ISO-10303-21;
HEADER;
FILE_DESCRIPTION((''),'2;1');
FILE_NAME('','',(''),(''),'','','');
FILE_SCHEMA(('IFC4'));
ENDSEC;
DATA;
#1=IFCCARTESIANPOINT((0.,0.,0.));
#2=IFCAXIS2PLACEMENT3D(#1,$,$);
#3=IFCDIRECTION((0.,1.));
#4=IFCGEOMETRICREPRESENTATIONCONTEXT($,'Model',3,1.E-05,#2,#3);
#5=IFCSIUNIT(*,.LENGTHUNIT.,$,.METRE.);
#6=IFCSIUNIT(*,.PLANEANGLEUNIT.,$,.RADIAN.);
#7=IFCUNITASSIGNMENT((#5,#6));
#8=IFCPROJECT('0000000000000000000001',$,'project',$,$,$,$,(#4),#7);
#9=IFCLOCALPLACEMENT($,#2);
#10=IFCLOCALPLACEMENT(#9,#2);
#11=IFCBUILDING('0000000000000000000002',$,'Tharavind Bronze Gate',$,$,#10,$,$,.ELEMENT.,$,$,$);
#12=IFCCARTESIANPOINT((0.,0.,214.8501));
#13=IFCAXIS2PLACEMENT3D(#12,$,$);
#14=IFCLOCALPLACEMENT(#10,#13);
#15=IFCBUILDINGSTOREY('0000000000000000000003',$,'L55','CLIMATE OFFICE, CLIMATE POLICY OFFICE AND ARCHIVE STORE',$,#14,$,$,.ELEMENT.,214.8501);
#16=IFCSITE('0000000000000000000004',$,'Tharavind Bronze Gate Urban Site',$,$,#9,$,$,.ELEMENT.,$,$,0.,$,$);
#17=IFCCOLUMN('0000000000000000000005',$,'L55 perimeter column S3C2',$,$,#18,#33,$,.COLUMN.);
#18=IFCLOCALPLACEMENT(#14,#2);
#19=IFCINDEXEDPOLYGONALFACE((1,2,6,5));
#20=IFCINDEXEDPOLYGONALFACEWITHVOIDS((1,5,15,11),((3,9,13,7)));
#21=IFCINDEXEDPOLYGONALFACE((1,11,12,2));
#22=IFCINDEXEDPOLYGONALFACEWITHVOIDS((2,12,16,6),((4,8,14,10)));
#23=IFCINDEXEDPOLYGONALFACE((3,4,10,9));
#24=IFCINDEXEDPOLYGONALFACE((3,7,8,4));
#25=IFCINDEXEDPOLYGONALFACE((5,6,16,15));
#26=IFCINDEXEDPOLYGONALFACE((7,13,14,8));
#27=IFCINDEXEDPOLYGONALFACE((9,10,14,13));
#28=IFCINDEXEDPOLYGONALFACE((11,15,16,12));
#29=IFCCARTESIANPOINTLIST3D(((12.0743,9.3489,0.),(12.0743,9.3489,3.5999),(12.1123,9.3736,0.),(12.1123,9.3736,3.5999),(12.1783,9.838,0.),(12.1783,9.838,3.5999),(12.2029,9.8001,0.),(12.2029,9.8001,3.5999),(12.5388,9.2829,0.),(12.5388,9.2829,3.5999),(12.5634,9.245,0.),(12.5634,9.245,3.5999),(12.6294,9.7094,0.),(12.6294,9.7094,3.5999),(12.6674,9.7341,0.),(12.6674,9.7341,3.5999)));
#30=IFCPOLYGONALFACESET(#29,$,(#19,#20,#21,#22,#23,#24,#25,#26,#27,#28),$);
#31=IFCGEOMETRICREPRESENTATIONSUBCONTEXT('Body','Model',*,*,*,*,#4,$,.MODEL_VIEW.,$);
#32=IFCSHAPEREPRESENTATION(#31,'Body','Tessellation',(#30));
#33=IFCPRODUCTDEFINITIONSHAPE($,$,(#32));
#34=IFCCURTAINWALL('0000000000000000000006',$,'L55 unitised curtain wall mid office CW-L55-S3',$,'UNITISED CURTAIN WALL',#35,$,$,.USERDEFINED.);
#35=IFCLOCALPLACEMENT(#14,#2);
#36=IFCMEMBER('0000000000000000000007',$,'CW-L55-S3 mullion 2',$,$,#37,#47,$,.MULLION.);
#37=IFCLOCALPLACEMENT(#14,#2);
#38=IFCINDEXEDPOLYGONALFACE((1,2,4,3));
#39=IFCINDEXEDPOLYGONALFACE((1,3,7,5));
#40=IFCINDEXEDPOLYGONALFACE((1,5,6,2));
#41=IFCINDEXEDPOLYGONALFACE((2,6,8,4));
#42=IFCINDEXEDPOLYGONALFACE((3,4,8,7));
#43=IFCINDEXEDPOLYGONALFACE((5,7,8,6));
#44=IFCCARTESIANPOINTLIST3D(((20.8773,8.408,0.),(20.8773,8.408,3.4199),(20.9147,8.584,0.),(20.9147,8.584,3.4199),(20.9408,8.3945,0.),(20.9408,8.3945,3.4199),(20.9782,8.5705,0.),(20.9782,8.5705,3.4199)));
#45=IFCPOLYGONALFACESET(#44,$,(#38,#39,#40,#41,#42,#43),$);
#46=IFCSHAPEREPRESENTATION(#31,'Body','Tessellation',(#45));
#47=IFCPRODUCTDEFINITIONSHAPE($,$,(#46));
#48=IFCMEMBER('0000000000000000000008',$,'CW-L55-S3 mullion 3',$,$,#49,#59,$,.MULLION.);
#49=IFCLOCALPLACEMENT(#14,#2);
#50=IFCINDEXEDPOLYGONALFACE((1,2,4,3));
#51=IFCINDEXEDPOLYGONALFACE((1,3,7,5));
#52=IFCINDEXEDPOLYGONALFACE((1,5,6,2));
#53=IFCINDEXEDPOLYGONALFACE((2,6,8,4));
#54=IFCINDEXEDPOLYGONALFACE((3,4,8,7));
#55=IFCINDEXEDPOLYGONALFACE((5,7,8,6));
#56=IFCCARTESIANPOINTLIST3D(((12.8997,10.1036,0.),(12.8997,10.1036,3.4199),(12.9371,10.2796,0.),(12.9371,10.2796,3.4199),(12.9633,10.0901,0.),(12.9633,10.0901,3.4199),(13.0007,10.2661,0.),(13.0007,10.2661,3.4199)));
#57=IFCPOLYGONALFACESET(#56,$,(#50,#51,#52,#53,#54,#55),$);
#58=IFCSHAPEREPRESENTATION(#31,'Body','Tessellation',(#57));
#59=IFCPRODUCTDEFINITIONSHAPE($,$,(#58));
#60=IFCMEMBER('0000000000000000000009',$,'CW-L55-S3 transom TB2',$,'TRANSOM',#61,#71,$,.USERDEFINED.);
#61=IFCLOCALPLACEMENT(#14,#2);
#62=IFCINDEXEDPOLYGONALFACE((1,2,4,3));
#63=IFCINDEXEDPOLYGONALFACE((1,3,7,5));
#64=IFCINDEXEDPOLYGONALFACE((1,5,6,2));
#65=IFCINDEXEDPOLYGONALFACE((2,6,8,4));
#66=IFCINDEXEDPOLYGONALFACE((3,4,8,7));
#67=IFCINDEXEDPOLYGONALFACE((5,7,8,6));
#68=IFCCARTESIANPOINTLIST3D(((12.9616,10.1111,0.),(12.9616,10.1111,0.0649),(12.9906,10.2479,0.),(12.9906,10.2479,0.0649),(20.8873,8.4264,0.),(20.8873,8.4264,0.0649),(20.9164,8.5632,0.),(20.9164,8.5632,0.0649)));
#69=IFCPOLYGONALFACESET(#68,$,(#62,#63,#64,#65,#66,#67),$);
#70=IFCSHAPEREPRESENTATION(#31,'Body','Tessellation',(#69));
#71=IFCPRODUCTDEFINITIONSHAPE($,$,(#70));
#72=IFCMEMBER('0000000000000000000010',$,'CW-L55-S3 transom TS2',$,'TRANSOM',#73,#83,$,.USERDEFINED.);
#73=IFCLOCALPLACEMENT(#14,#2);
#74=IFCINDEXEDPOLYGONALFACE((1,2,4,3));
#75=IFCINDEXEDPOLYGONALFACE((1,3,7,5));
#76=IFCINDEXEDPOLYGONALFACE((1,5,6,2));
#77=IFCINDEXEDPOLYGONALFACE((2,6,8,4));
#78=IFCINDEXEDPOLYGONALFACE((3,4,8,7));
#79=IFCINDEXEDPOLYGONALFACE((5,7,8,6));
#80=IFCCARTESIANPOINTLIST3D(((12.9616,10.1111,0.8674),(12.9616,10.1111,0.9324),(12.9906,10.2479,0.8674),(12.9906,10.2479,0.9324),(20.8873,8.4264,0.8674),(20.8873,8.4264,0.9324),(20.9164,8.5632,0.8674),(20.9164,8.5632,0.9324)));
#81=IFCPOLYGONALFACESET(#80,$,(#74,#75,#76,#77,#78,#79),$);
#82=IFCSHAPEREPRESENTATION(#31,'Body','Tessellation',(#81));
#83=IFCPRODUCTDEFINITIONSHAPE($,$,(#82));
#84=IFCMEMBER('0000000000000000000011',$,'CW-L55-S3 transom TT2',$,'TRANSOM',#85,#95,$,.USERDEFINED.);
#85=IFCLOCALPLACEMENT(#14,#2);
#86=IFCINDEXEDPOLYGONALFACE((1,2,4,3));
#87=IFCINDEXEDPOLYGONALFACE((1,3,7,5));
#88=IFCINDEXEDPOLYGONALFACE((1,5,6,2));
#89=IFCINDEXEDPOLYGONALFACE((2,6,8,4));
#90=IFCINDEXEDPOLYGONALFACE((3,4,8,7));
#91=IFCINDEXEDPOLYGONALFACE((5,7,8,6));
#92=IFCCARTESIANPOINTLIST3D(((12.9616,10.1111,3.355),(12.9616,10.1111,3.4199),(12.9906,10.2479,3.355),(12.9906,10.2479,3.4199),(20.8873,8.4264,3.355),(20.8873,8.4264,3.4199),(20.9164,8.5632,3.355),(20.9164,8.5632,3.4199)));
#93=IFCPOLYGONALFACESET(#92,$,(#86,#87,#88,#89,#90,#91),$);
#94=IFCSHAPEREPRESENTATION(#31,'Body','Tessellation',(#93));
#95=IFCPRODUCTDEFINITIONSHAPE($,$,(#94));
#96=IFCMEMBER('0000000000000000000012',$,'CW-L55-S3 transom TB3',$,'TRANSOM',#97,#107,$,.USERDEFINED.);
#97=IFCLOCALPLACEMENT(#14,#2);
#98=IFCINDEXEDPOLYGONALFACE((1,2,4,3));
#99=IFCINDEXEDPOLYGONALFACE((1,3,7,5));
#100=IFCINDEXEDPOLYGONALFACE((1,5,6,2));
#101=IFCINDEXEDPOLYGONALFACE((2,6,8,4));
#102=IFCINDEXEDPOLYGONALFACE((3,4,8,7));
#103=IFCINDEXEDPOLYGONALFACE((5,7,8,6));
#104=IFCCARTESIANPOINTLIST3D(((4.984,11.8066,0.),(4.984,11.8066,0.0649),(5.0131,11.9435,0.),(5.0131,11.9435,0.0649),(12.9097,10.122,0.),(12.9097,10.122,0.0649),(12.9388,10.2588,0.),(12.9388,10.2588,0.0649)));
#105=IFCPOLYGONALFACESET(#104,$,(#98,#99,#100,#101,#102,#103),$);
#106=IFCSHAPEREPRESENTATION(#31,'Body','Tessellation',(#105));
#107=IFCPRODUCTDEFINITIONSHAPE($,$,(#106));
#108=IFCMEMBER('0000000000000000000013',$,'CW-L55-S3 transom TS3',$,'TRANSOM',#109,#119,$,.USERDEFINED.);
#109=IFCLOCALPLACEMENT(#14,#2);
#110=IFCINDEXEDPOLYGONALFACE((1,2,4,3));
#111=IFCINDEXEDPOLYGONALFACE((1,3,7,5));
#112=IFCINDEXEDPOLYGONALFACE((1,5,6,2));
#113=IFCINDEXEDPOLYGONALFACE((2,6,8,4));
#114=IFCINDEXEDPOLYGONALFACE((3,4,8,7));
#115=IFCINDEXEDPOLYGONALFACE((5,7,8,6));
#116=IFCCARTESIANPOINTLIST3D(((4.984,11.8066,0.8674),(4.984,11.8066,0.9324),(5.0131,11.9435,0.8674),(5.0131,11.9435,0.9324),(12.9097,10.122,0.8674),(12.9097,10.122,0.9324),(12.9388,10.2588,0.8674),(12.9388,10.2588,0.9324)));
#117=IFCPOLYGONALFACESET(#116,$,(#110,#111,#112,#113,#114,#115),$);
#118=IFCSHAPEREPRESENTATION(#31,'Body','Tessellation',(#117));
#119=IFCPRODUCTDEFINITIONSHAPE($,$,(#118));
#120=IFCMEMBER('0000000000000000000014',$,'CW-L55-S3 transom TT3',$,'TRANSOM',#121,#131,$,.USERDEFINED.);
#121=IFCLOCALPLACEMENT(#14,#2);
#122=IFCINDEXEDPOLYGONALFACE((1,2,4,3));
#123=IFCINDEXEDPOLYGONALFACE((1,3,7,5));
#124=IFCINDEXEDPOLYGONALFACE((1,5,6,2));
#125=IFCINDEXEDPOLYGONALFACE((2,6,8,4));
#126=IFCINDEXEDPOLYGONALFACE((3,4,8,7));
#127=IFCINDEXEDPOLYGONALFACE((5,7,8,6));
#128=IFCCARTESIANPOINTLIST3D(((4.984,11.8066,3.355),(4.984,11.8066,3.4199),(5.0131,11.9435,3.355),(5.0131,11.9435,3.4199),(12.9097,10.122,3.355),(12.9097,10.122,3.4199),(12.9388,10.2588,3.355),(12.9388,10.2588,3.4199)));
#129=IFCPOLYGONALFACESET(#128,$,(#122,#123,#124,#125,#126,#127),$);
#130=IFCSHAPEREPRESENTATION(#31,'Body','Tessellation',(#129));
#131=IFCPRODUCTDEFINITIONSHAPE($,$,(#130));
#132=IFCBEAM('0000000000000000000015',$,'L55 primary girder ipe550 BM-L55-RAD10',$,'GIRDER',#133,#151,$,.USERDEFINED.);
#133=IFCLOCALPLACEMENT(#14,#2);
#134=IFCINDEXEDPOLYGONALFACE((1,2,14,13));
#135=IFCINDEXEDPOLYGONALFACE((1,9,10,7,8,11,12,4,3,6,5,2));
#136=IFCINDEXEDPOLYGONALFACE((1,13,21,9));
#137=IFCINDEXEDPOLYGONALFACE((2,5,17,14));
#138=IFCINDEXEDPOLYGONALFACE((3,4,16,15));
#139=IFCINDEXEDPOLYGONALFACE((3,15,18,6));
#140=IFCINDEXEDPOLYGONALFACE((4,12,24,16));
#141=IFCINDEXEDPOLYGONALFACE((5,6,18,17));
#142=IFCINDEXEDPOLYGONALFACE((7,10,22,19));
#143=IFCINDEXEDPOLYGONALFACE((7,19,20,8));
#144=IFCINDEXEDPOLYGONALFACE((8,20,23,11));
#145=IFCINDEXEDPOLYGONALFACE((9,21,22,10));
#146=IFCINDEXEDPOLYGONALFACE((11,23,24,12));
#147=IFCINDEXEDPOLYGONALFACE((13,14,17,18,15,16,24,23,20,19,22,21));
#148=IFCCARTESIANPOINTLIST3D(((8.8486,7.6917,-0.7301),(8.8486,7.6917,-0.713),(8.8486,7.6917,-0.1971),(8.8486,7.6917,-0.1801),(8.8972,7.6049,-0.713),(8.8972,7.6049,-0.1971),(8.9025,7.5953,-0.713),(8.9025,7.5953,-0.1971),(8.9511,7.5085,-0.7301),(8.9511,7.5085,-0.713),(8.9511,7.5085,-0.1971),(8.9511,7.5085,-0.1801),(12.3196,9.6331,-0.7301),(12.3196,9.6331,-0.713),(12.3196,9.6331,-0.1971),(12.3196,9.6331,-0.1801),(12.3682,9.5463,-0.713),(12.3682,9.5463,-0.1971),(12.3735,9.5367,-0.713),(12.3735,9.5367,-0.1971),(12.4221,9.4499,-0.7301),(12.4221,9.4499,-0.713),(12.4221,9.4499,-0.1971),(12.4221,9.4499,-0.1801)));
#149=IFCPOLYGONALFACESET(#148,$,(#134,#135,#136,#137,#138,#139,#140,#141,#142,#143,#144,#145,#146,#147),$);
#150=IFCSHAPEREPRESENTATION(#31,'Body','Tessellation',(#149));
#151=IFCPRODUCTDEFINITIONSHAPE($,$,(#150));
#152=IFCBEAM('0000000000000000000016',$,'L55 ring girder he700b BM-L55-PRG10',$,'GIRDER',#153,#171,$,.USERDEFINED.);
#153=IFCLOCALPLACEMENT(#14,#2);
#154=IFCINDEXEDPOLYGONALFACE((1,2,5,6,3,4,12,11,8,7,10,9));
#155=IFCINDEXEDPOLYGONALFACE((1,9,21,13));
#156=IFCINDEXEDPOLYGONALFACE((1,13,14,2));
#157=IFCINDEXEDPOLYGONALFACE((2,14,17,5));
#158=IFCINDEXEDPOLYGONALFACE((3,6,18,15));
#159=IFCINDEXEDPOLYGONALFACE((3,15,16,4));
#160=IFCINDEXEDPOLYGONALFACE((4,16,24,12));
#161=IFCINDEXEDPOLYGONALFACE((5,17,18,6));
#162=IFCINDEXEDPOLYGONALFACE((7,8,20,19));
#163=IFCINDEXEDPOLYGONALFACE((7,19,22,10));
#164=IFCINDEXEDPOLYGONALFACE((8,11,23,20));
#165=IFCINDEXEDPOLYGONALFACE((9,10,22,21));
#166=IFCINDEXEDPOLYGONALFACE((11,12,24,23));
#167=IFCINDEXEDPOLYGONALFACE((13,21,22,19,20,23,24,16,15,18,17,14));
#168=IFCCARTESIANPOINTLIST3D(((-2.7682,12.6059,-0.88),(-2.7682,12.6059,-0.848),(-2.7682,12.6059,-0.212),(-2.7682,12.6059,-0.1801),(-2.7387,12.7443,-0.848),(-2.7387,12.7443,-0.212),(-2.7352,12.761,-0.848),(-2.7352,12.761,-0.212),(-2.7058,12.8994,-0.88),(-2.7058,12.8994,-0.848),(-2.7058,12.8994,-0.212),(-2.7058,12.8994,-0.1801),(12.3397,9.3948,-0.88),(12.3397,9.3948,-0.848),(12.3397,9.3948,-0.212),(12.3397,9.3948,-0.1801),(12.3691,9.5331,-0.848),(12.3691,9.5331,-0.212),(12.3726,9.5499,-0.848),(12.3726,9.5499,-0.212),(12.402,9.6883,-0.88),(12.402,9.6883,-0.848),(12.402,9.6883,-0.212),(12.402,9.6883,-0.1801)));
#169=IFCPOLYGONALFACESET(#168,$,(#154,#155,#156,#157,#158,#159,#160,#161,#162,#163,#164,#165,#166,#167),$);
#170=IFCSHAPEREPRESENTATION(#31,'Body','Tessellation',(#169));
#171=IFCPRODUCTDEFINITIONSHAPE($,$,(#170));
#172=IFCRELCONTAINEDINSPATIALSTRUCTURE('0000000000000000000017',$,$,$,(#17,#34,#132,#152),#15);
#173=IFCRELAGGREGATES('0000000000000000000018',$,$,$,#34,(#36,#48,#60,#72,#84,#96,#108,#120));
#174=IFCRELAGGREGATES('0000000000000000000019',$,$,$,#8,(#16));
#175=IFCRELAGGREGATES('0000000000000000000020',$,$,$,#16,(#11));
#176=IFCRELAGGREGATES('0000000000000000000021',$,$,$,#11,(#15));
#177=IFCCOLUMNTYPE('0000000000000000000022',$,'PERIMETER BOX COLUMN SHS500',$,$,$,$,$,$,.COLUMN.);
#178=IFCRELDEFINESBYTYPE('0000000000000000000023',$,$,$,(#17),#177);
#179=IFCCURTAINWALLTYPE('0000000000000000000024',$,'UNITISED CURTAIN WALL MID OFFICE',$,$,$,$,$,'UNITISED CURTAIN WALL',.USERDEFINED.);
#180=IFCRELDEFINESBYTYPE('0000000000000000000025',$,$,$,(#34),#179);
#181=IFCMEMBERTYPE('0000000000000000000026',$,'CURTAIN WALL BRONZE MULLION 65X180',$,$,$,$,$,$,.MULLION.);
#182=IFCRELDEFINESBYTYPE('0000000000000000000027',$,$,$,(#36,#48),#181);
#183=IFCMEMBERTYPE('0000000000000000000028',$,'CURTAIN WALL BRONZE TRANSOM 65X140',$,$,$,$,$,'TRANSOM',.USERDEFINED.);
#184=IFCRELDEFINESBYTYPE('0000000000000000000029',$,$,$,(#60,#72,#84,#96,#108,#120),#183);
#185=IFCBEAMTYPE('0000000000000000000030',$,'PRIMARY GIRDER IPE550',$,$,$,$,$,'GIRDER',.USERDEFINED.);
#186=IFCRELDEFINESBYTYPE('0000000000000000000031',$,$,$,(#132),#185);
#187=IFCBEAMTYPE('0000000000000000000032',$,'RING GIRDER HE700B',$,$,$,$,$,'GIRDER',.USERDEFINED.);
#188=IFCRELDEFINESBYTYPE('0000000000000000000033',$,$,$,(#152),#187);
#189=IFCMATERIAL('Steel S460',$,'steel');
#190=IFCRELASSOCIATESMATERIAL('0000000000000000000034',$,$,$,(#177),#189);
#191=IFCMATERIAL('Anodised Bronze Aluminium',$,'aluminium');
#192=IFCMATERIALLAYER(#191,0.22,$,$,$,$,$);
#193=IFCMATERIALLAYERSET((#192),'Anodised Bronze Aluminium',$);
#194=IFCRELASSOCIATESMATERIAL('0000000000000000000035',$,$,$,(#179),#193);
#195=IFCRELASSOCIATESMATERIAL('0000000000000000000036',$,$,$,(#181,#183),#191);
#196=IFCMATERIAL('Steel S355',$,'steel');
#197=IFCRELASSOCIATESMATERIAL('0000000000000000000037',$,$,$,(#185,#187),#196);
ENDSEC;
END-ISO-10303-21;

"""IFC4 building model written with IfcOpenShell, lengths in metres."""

from ifc_helpers import new_model, si_unit, direction, frame, origin, origin_2d, place, context, subcontext, project, spatial, rectangle, hollow_rectangle, i_section, extrude, material, layer, layer_set, material_profile, profile_set, type_object, element, aggregate, save


model = new_model("IFC4")

# Units and contexts
model_context = context("Model", 3, precision=1e-05, world=origin(), true_north=direction((0.0, 1.0)))
body_context = subcontext(model_context, "Body", "Model", "MODEL_VIEW")
ifc_project = project(units=[si_unit("LENGTHUNIT", "METRE"), si_unit("PLANEANGLEUNIT", "RADIAN")], contexts=[model_context])

# Site, building, storey
site_placement = place(None, origin())
site = spatial("IfcSite", under=ifc_project, at=site_placement, Name="Tharavind Bronze Gate Urban Site", CompositionType="ELEMENT", RefElevation=0.0)
building_placement = place(site_placement, origin())
building = spatial("IfcBuilding", under=site, at=building_placement, Name="Tharavind Bronze Gate", CompositionType="ELEMENT")
storey_placement = place(building_placement, frame((0.0, 0.0, 214.8501)))
storey = spatial("IfcBuildingStorey", under=building, at=storey_placement, Name="L55", Description="CLIMATE OFFICE, CLIMATE POLICY OFFICE AND ARCHIVE STORE", CompositionType="ELEMENT", Elevation=214.8501)

# Column
ifc_material_1 = material(Name="Steel S460", Category="steel")
ifc_material_profile_1 = material_profile(ifc_material_1, hollow_rectangle(XDim=0.5, YDim=0.5, WallThickness=0.032, at=origin_2d()), Name="SHS500X32")
ifc_profile_set_1 = profile_set([ifc_material_profile_1], Name="Steel S460")
column_type = type_object("IfcColumnType", Name="PERIMETER BOX COLUMN SHS500", PredefinedType="COLUMN", material=ifc_profile_set_1)
column_placement = place(storey_placement, frame((12.3708, 9.5415, 0.0), z_axis=(0.0, 0.0, 1.0), x_axis=(-0.978148, 0.207912, 0.0)))
element("IfcColumn", 1, at=column_placement, inside=storey, type_object=column_type, Name="L55 perimeter column S3C2", PredefinedType="COLUMN", context=body_context, shape_type="SweptSolid", body=[
    extrude(hollow_rectangle(XDim=0.5, YDim=0.5, WallThickness=0.032, at=origin_2d()), origin(), (0.0, 0.0, 1.0), 3.5999),
])

# Curtain wall, members
ifc_material_2 = material(Name="Anodised Bronze Aluminium", Category="aluminium")
ifc_layer_1 = layer(ifc_material_2, 0.22)
ifc_layer_set_1 = layer_set([ifc_layer_1], Name="Anodised Bronze Aluminium")
curtain_wall_type = type_object("IfcCurtainWallType", Name="UNITISED CURTAIN WALL MID OFFICE", ElementType="UNITISED CURTAIN WALL", PredefinedType="USERDEFINED", material=ifc_layer_set_1)
curtain_wall_placement = place(storey_placement, origin())
curtain_wall = element("IfcCurtainWall", 2, at=curtain_wall_placement, inside=storey, type_object=curtain_wall_type, Name="L55 unitised curtain wall mid office CW-L55-S3", ObjectType="UNITISED CURTAIN WALL", PredefinedType="USERDEFINED")
member_type_1 = type_object("IfcMemberType", Name="CURTAIN WALL BRONZE MULLION 65X180", PredefinedType="MULLION", material=ifc_material_2)
member_1_placement = place(storey_placement, frame((20.9277, 8.4893, 0.0), z_axis=(0.0, 0.0, 1.0), x_axis=(-0.978148, 0.207912, 0.0)))
member_1 = element("IfcMember", 3, at=member_1_placement, type_object=member_type_1, Name="CW-L55-S3 mullion 2", PredefinedType="MULLION", context=body_context, shape_type="SweptSolid", body=[
    extrude(rectangle(XDim=0.0649, YDim=0.1799, at=origin_2d()), origin(), (0.0, 0.0, 1.0), 3.4199),
])
member_2_placement = place(storey_placement, frame((12.9502, 10.1848, 0.0), z_axis=(0.0, 0.0, 1.0), x_axis=(-0.978148, 0.207912, 0.0)))
member_2 = element("IfcMember", 4, at=member_2_placement, type_object=member_type_1, Name="CW-L55-S3 mullion 3", PredefinedType="MULLION", context=body_context, shape_type="SweptSolid", body=[
    extrude(rectangle(XDim=0.0649, YDim=0.1799, at=origin_2d()), origin(), (0.0, 0.0, 1.0), 3.4199),
])
member_type_2 = type_object("IfcMemberType", Name="CURTAIN WALL BRONZE TRANSOM 65X140", ElementType="TRANSOM", PredefinedType="USERDEFINED", material=ifc_material_2)
member_3_placement = place(storey_placement, frame((16.939, 9.3372, 0.0), z_axis=(0.0, 0.0, 1.0), x_axis=(-0.978148, 0.207912, 0.0)))
member_3 = element("IfcMember", 5, at=member_3_placement, type_object=member_type_2, Name="CW-L55-S3 transom TB2", ObjectType="TRANSOM", PredefinedType="USERDEFINED", context=body_context, shape_type="SweptSolid", body=[
    extrude(rectangle(XDim=8.1028, YDim=0.1399, at=origin_2d()), origin(), (0.0, 0.0, 1.0), 0.0649),
])
member_4_placement = place(storey_placement, frame((16.939, 9.3372, 0.8674), z_axis=(0.0, 0.0, 1.0), x_axis=(-0.978148, 0.207912, 0.0)))
member_4 = element("IfcMember", 6, at=member_4_placement, type_object=member_type_2, Name="CW-L55-S3 transom TS2", ObjectType="TRANSOM", PredefinedType="USERDEFINED", context=body_context, shape_type="SweptSolid", body=[
    extrude(rectangle(XDim=8.1028, YDim=0.1399, at=origin_2d()), origin(), (0.0, 0.0, 1.0), 0.0649),
])
member_5_placement = place(storey_placement, frame((16.939, 9.3372, 3.355), z_axis=(0.0, 0.0, 1.0), x_axis=(-0.978148, 0.207912, 0.0)))
member_5 = element("IfcMember", 7, at=member_5_placement, type_object=member_type_2, Name="CW-L55-S3 transom TT2", ObjectType="TRANSOM", PredefinedType="USERDEFINED", context=body_context, shape_type="SweptSolid", body=[
    extrude(rectangle(XDim=8.1028, YDim=0.1399, at=origin_2d()), origin(), (0.0, 0.0, 1.0), 0.0649),
])
member_6_placement = place(storey_placement, frame((8.9614, 11.0327, 0.0), z_axis=(0.0, 0.0, 1.0), x_axis=(-0.978148, 0.207912, 0.0)))
member_6 = element("IfcMember", 8, at=member_6_placement, type_object=member_type_2, Name="CW-L55-S3 transom TB3", ObjectType="TRANSOM", PredefinedType="USERDEFINED", context=body_context, shape_type="SweptSolid", body=[
    extrude(rectangle(XDim=8.1028, YDim=0.1399, at=origin_2d()), origin(), (0.0, 0.0, 1.0), 0.0649),
])
member_7_placement = place(storey_placement, frame((8.9614, 11.0327, 0.8674), z_axis=(0.0, 0.0, 1.0), x_axis=(-0.978148, 0.207912, 0.0)))
member_7 = element("IfcMember", 9, at=member_7_placement, type_object=member_type_2, Name="CW-L55-S3 transom TS3", ObjectType="TRANSOM", PredefinedType="USERDEFINED", context=body_context, shape_type="SweptSolid", body=[
    extrude(rectangle(XDim=8.1028, YDim=0.1399, at=origin_2d()), origin(), (0.0, 0.0, 1.0), 0.0649),
])
member_8_placement = place(storey_placement, frame((8.9614, 11.0327, 3.355), z_axis=(0.0, 0.0, 1.0), x_axis=(-0.978148, 0.207912, 0.0)))
member_8 = element("IfcMember", 10, at=member_8_placement, type_object=member_type_2, Name="CW-L55-S3 transom TT3", ObjectType="TRANSOM", PredefinedType="USERDEFINED", context=body_context, shape_type="SweptSolid", body=[
    extrude(rectangle(XDim=8.1028, YDim=0.1399, at=origin_2d()), origin(), (0.0, 0.0, 1.0), 0.0649),
])

# Beams
ifc_material_3 = material(Name="Steel S355", Category="steel")
ifc_material_profile_2 = material_profile(ifc_material_3, i_section(OverallWidth=0.21, OverallDepth=0.55, WebThickness=0.011, FlangeThickness=0.0171, at=origin_2d()), Name="IPE550")
ifc_profile_set_2 = profile_set([ifc_material_profile_2], Name="Steel S355")
beam_type_1 = type_object("IfcBeamType", Name="PRIMARY GIRDER IPE550", ElementType="GIRDER", PredefinedType="USERDEFINED", material=ifc_profile_set_2)
beam_1_placement = place(storey_placement, frame((12.3708, 9.5415, -0.4551), z_axis=(-0.872755, -0.488158, 0.0), x_axis=(0.488158, -0.872755, 0.0)))
element("IfcBeam", 11, at=beam_1_placement, inside=storey, type_object=beam_type_1, Name="L55 primary girder ipe550 BM-L55-RAD10", ObjectType="GIRDER", PredefinedType="USERDEFINED", context=body_context, shape_type="SweptSolid", body=[
    extrude(i_section(OverallWidth=0.21, OverallDepth=0.55, WebThickness=0.011, FlangeThickness=0.0171, at=origin_2d()), origin(), (0.0, 0.0, 1.0), 3.9771),
])
ifc_material_profile_3 = material_profile(ifc_material_3, i_section(OverallWidth=0.3, OverallDepth=0.7, WebThickness=0.0171, FlangeThickness=0.032, at=origin_2d()), Name="HE700B")
ifc_profile_set_3 = profile_set([ifc_material_profile_3], Name="Steel S355")
beam_type_2 = type_object("IfcBeamType", Name="RING GIRDER HE700B", ElementType="GIRDER", PredefinedType="USERDEFINED", material=ifc_profile_set_3)
beam_2_placement = place(storey_placement, frame((12.3708, 9.5415, -0.53), z_axis=(-0.978149, 0.207905, 0.0), x_axis=(-0.207905, -0.978149, 0.0)))
element("IfcBeam", 12, at=beam_2_placement, inside=storey, type_object=beam_type_2, Name="L55 ring girder he700b BM-L55-PRG10", ObjectType="GIRDER", PredefinedType="USERDEFINED", context=body_context, shape_type="SweptSolid", body=[
    extrude(i_section(OverallWidth=0.3, OverallDepth=0.7, WebThickness=0.0171, FlangeThickness=0.032, at=origin_2d()), origin(), (0.0, 0.0, 1.0), 15.4453),
])

aggregate(curtain_wall, [member_1, member_2, member_3, member_4, member_5, member_6, member_7, member_8])

save(model, "model.ifc")
